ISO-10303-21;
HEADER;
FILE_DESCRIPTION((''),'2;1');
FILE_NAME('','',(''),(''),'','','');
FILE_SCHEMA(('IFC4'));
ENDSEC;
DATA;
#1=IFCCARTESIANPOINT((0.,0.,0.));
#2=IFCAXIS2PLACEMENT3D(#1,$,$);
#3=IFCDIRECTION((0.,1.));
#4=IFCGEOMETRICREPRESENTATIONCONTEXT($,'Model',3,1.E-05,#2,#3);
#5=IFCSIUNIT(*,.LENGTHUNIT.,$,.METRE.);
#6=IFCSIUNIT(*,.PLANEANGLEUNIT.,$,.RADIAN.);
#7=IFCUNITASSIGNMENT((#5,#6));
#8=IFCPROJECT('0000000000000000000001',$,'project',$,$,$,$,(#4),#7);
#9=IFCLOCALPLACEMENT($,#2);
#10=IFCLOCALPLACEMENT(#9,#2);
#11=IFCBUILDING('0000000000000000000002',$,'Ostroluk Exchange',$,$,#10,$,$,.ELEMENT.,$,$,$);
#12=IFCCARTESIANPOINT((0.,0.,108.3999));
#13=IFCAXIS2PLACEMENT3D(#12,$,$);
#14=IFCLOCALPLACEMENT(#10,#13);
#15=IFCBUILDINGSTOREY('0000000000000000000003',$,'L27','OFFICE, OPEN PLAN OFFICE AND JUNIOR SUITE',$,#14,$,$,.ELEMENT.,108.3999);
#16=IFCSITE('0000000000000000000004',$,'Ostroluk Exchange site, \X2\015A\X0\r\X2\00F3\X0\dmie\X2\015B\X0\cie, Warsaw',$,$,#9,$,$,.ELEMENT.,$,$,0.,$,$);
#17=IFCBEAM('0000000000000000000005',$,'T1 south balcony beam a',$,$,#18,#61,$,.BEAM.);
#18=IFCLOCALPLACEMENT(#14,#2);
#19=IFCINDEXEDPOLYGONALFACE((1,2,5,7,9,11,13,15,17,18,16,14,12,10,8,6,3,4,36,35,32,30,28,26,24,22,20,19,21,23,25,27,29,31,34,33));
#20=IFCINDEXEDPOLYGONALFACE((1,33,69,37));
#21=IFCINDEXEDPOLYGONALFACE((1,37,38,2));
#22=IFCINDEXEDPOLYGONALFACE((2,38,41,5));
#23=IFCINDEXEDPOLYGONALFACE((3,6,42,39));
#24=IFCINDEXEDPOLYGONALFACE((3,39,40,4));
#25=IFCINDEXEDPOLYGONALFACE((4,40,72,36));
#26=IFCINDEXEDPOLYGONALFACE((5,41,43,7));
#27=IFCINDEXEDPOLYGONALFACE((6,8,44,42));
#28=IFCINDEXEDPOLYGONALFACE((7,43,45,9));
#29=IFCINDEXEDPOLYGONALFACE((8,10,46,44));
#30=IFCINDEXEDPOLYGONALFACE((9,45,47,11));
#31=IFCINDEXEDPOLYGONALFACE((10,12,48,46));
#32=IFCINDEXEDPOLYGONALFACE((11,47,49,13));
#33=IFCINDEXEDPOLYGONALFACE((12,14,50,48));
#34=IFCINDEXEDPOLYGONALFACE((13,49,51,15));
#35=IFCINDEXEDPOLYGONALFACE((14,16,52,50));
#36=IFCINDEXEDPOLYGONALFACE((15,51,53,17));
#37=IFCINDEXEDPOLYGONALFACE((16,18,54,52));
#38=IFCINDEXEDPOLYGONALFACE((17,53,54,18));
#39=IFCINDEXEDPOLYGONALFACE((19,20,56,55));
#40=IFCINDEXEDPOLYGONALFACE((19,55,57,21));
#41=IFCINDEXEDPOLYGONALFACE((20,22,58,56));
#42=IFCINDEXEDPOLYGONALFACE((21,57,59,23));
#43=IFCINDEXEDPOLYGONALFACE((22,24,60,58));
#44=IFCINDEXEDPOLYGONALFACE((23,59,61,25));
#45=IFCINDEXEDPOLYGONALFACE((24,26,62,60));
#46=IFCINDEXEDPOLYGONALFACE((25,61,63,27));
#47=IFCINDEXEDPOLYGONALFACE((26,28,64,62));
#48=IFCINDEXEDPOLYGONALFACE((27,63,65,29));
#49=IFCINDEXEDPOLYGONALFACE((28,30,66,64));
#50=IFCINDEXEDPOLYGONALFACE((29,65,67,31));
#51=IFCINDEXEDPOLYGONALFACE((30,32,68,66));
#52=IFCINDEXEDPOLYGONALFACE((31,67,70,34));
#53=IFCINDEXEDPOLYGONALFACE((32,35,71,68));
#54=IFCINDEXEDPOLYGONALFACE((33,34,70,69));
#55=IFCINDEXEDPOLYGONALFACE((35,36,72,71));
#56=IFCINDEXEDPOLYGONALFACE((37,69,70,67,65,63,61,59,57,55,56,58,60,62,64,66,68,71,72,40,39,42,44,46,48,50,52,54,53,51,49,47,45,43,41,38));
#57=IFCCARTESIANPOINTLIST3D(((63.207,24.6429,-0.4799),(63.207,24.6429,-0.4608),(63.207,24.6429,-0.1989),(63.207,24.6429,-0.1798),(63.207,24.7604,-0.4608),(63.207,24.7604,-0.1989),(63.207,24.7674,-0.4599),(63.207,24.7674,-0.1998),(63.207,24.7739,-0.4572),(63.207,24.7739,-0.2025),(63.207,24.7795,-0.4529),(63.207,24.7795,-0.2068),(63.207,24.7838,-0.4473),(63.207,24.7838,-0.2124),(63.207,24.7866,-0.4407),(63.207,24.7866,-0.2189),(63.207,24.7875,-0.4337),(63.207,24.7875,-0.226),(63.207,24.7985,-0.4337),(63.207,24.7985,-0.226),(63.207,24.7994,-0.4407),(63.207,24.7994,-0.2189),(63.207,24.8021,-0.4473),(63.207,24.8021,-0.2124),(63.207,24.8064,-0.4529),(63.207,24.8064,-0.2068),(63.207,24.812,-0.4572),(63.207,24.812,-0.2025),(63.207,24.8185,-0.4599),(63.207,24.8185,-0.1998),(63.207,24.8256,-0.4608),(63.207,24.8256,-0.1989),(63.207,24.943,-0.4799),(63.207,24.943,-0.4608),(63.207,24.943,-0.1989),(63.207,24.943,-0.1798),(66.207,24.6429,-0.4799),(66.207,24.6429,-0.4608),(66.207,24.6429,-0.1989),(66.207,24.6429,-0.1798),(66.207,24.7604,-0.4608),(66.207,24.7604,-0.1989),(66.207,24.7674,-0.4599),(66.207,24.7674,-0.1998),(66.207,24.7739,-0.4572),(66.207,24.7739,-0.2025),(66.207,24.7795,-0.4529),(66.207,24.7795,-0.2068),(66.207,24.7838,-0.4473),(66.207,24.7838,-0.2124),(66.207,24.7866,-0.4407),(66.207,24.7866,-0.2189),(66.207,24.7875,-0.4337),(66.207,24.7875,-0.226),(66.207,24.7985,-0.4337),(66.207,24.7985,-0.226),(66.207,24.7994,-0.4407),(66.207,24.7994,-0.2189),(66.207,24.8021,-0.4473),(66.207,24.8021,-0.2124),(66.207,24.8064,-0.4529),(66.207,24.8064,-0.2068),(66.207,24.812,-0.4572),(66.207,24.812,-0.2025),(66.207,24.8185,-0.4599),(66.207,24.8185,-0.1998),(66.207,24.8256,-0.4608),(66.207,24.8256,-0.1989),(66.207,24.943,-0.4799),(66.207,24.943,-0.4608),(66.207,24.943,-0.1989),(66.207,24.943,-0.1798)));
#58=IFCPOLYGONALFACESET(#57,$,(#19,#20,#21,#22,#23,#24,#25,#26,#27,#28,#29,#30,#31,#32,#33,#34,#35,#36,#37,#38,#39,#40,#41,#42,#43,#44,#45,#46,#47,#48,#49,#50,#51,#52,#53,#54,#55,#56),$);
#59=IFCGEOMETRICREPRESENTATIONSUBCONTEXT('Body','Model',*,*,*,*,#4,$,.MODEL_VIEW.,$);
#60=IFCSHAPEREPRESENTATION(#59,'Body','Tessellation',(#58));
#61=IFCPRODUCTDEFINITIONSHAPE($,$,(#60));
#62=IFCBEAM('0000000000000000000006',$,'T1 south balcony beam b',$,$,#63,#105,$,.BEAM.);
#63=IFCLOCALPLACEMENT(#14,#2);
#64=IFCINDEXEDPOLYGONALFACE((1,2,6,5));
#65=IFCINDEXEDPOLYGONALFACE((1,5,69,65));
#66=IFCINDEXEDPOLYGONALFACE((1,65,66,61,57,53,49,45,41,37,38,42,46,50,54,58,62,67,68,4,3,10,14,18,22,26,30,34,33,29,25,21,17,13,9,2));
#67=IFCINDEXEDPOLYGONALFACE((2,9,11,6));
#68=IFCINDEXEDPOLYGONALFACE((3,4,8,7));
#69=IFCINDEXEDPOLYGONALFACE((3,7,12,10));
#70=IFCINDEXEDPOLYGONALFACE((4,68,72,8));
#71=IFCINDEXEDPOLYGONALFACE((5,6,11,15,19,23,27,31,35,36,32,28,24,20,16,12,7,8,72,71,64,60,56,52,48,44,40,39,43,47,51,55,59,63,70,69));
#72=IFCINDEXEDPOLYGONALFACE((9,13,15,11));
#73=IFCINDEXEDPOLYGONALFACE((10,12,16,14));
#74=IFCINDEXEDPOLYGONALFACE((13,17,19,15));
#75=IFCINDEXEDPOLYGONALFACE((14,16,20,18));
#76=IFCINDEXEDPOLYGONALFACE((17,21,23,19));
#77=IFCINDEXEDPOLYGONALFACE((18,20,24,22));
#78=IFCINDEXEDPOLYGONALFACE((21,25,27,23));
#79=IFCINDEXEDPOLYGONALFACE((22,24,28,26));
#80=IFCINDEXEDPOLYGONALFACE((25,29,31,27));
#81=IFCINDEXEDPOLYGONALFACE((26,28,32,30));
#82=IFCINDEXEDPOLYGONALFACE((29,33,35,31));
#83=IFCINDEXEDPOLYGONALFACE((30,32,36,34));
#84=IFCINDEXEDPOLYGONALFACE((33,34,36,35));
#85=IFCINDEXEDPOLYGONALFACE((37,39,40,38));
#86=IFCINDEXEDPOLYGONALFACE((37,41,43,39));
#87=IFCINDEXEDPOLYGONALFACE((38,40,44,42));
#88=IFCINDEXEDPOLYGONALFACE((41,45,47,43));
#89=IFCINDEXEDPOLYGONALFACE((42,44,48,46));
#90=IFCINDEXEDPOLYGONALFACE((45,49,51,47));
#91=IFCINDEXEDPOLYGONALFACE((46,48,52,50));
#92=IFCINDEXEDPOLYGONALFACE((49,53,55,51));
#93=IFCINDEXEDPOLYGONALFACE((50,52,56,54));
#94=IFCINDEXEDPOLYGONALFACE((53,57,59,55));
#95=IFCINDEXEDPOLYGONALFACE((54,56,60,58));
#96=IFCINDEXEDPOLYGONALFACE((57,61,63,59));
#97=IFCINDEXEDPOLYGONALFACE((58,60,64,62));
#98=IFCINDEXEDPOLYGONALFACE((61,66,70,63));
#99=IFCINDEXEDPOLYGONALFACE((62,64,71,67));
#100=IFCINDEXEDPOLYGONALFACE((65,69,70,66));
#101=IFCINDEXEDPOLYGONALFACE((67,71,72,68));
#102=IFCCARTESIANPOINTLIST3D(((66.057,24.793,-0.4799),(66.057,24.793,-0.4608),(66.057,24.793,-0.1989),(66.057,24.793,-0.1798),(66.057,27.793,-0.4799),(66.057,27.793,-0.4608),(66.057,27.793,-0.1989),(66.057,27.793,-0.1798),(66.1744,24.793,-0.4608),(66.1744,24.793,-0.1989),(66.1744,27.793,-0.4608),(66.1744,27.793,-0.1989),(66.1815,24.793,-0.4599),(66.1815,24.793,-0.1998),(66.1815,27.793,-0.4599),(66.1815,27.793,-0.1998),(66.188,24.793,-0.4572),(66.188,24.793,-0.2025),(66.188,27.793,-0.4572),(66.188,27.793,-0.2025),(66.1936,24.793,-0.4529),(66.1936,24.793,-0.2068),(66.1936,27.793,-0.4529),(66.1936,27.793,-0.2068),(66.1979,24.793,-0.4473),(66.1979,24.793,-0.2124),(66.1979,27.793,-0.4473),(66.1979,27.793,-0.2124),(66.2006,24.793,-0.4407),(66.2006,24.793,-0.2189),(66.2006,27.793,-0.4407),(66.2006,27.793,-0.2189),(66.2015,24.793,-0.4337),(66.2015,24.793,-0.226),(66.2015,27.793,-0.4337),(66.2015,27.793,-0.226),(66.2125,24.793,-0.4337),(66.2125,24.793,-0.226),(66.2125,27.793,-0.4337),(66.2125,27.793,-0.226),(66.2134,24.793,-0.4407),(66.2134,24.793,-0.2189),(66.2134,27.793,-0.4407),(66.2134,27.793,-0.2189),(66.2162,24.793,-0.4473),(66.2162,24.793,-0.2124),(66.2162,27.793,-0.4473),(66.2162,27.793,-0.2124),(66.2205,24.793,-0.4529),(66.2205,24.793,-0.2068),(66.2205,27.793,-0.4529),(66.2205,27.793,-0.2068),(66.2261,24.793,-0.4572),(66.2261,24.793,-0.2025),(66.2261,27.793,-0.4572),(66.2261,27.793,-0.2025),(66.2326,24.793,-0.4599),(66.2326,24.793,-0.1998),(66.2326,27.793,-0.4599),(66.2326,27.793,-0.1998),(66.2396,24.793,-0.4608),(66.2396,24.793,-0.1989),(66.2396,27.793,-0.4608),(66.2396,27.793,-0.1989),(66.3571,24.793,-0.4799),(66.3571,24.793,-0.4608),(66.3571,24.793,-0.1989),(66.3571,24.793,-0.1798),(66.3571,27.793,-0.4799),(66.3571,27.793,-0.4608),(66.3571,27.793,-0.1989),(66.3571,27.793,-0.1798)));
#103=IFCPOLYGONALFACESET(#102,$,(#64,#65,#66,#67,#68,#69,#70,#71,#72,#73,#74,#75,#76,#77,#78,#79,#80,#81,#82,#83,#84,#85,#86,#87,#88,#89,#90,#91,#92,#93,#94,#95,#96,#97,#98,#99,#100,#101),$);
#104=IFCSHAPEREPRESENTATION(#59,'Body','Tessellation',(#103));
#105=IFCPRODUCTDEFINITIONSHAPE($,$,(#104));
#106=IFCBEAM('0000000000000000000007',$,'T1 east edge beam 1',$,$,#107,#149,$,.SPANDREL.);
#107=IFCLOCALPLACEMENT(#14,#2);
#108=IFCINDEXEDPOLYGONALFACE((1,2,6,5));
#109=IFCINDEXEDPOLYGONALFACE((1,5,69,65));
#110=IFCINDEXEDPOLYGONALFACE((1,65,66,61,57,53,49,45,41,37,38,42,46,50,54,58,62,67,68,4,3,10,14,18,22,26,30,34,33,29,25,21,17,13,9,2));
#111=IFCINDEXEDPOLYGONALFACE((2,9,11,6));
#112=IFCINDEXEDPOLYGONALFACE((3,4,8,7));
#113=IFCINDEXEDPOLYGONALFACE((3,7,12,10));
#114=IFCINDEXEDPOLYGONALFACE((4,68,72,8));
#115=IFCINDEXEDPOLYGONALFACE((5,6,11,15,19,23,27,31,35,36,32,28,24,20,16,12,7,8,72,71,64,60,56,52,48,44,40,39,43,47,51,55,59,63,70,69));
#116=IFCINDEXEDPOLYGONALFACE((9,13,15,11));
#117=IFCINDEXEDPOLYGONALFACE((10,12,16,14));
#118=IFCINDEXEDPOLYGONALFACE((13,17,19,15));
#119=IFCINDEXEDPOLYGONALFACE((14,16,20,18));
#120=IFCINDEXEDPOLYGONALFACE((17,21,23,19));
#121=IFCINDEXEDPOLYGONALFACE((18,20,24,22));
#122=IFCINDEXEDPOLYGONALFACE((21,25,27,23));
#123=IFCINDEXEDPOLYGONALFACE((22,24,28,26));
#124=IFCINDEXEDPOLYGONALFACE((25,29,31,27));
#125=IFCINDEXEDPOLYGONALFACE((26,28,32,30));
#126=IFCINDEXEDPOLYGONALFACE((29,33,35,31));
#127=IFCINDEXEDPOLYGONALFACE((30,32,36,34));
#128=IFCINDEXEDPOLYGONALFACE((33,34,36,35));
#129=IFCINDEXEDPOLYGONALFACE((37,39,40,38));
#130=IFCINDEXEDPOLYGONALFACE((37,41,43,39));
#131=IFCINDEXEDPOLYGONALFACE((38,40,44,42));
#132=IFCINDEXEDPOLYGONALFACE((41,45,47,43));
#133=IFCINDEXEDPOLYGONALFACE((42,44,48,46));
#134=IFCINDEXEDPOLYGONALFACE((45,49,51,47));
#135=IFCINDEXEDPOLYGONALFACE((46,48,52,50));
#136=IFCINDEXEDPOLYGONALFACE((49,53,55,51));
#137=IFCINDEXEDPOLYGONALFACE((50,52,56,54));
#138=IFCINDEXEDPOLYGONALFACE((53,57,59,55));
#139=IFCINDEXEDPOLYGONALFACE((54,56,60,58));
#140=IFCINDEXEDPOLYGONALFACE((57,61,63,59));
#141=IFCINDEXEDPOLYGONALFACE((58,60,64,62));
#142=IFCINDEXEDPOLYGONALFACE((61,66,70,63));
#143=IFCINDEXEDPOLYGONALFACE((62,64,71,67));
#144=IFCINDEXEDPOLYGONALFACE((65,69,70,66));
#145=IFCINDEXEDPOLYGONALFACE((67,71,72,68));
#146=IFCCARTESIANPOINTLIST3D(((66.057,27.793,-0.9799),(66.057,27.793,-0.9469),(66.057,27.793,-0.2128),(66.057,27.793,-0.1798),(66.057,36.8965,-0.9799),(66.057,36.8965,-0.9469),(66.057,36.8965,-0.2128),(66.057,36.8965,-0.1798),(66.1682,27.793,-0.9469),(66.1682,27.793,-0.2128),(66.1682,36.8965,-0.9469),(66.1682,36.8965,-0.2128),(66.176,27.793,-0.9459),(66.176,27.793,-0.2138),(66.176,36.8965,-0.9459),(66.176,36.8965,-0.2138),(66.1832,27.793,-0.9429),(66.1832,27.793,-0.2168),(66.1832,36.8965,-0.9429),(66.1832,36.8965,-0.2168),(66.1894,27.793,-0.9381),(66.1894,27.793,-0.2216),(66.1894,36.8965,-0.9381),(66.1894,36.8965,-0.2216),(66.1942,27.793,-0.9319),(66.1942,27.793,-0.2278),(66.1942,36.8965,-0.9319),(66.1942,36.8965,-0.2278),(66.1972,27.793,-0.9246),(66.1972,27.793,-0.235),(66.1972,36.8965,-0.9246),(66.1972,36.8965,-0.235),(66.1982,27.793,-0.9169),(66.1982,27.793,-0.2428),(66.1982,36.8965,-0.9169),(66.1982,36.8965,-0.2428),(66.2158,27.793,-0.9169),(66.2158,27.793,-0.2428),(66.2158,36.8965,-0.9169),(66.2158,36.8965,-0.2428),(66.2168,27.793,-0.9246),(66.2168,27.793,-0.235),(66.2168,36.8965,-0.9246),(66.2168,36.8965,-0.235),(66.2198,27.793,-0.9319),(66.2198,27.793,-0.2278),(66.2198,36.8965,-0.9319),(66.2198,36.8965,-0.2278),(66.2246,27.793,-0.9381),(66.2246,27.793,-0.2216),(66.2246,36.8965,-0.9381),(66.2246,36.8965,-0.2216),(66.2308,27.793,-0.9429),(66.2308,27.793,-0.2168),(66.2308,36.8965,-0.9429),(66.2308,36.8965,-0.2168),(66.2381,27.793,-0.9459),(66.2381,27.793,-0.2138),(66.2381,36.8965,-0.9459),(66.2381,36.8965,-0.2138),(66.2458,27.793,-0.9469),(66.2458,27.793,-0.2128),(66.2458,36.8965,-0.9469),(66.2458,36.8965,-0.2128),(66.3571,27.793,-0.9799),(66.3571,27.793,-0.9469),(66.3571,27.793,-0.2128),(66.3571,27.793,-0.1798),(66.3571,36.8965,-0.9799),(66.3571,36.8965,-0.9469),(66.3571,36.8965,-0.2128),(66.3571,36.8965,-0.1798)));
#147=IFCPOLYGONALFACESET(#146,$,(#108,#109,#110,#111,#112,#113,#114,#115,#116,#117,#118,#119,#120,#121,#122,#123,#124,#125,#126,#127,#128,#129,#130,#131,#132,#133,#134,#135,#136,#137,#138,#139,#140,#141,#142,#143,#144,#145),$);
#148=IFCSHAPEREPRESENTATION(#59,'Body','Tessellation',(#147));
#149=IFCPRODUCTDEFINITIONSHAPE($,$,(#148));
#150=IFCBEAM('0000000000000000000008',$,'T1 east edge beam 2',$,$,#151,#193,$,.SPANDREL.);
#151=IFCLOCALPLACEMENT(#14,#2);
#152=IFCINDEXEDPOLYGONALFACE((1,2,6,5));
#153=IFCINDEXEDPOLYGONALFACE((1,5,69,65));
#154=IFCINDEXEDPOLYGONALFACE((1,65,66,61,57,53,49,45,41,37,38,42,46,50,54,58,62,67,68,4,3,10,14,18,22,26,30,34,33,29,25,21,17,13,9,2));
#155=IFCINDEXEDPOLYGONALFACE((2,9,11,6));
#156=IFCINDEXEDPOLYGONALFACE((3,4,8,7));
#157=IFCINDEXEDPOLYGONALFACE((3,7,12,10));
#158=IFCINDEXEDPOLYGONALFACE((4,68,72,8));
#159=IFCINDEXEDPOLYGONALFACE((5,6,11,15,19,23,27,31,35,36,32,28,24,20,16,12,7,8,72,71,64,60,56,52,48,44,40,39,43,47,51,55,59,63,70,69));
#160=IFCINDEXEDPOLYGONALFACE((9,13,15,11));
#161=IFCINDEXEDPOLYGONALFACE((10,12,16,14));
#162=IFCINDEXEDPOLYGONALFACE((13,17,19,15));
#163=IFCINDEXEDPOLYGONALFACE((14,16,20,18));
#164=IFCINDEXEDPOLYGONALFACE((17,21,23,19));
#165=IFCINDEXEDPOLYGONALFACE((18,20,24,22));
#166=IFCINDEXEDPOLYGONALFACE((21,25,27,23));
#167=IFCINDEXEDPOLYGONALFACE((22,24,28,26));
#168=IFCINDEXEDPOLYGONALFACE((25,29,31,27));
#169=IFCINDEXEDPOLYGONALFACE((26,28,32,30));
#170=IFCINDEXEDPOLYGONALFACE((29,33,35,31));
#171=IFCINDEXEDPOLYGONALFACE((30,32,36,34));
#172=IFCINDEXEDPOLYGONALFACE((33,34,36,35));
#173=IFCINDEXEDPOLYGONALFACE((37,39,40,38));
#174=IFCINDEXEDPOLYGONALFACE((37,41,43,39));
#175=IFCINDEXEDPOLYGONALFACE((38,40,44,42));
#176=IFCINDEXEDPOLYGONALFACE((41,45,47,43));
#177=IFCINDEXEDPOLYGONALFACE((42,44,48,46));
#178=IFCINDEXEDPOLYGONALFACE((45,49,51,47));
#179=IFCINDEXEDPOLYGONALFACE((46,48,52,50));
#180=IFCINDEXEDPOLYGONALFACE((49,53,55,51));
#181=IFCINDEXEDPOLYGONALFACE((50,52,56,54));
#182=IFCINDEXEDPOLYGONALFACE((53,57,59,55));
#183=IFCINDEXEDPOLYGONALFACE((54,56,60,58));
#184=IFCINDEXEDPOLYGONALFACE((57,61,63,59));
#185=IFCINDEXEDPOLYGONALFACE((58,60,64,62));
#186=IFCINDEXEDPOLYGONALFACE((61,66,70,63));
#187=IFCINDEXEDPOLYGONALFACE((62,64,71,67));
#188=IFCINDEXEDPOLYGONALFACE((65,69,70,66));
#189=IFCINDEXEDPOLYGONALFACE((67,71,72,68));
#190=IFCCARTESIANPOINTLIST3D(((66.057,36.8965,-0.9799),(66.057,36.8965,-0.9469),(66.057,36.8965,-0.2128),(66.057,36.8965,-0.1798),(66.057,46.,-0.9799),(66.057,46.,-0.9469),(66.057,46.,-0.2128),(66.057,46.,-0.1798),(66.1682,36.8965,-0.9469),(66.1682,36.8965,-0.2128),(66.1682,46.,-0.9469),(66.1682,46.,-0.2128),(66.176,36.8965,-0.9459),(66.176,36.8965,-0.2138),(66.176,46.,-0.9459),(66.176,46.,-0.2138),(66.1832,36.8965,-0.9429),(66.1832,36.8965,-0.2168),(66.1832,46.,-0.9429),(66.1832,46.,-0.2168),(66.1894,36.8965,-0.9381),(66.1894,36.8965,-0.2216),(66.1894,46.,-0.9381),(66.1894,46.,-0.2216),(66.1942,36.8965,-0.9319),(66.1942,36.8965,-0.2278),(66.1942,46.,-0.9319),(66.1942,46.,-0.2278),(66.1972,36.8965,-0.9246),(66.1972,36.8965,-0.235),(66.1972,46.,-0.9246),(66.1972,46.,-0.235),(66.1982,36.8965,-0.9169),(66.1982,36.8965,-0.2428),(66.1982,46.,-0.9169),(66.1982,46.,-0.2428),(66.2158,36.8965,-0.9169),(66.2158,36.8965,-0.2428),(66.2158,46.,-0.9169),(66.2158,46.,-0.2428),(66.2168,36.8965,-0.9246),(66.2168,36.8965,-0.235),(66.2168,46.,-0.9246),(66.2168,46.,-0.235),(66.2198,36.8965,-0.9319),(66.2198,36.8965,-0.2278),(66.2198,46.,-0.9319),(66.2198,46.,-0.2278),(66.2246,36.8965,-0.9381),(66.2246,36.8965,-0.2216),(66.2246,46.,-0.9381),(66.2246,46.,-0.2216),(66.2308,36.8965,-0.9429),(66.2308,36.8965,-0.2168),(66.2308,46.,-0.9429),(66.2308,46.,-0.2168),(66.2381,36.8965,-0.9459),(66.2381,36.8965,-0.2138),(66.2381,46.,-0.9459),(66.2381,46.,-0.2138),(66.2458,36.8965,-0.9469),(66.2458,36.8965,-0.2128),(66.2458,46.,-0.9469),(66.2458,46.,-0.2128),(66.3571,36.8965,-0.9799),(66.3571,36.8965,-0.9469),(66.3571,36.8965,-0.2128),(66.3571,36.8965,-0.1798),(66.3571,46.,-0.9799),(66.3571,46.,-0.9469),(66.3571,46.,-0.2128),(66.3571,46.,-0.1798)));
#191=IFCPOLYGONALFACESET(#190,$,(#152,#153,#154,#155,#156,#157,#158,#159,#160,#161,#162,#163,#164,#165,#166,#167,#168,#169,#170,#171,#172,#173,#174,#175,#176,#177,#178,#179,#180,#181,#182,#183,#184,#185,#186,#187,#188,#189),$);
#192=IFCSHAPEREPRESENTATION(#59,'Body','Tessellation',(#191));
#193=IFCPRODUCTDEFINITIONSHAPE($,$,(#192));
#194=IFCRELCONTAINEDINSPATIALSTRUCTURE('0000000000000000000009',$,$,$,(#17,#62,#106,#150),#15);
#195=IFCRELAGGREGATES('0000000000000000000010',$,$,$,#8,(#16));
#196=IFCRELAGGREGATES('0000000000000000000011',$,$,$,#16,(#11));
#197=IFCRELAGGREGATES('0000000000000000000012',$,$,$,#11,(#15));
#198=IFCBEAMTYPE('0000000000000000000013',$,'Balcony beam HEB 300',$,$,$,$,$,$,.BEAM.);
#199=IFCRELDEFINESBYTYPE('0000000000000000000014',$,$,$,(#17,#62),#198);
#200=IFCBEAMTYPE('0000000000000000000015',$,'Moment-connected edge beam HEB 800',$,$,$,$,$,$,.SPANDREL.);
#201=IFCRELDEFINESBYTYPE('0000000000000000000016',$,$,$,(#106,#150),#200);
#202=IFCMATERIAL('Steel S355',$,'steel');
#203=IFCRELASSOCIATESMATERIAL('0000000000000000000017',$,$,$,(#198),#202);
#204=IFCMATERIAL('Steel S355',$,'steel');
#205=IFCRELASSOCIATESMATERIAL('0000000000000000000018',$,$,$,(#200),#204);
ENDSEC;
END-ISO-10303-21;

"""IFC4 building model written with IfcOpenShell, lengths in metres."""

from ifc_helpers import new_model, si_unit, direction, frame, origin, origin_2d, place, context, subcontext, project, spatial, i_section, extrude, material, material_profile, profile_set, type_object, element, save


model = new_model("IFC4")

# Units and contexts
model_context = context("Model", 3, precision=1e-05, world=origin(), true_north=direction((0.0, 1.0)))
body_context = subcontext(model_context, "Body", "Model", "MODEL_VIEW")
ifc_project = project(units=[si_unit("LENGTHUNIT", "METRE"), si_unit("PLANEANGLEUNIT", "RADIAN")], contexts=[model_context])

# Site, building, storey
site_placement = place(None, origin())
site = spatial("IfcSite", under=ifc_project, at=site_placement, Name="Ostroluk Exchange site, Śródmieście, Warsaw", CompositionType="ELEMENT", RefElevation=0.0)
building_placement = place(site_placement, origin())
building = spatial("IfcBuilding", under=site, at=building_placement, Name="Ostroluk Exchange", CompositionType="ELEMENT")
storey_placement = place(building_placement, frame((0.0, 0.0, 108.3999)))
storey = spatial("IfcBuildingStorey", under=building, at=storey_placement, Name="L27", Description="OFFICE, OPEN PLAN OFFICE AND JUNIOR SUITE", CompositionType="ELEMENT", Elevation=108.3999)

# Beams
ifc_material_1 = material(Name="Steel S355", Category="steel")
ifc_material_profile_1 = material_profile(ifc_material_1, i_section(OverallWidth=0.3, OverallDepth=0.3, WebThickness=0.011, FlangeThickness=0.019, FilletRadius=0.0271, at=origin_2d()), Name="HEB 300")
ifc_profile_set_1 = profile_set([ifc_material_profile_1], Name="Steel S355")
beam_type_1 = type_object("IfcBeamType", Name="Balcony beam HEB 300", PredefinedType="BEAM", material=ifc_profile_set_1)
for number, where, z_axis, x_axis, name in (
    (1, (63.207, 24.793, -0.3298), (1.0, 0.0, 0.0), (0.0, 1.0, 0.0), "T1 south balcony beam a"),
    (2, (66.207, 27.793, -0.3298), (0.0, -1.0, 0.0), (1.0, 0.0, 0.0), "T1 south balcony beam b"),
):
    element("IfcBeam", number, at=place(storey_placement, frame(where, z_axis=z_axis, x_axis=x_axis)), inside=storey, type_object=beam_type_1, Name=name, PredefinedType="BEAM", context=body_context, shape_type="SweptSolid", body=[
        extrude(i_section(OverallWidth=0.3, OverallDepth=0.3, WebThickness=0.011, FlangeThickness=0.019, FilletRadius=0.0271, at=origin_2d()), origin(), (0.0, 0.0, 1.0), 3.0),
    ])
ifc_material_2 = material(Name="Steel S355", Category="steel")
ifc_material_profile_2 = material_profile(ifc_material_2, i_section(OverallWidth=0.3, OverallDepth=0.8, WebThickness=0.0176, FlangeThickness=0.033, FilletRadius=0.03, at=origin_2d()), Name="HEB 800")
ifc_profile_set_2 = profile_set([ifc_material_profile_2], Name="Steel S355")
beam_type_2 = type_object("IfcBeamType", Name="Moment-connected edge beam HEB 800", PredefinedType="SPANDREL", material=ifc_profile_set_2)
for number, where, z_axis, x_axis, name in (
    (3, (66.207, 27.793, -0.5798), (0.0, 1.0, 0.0), (-1.0, 0.0, 0.0), "T1 east edge beam 1"),
    (4, (66.207, 36.8965, -0.5798), (0.0, 1.0, 0.0), (-1.0, 0.0, 0.0), "T1 east edge beam 2"),
):
    element("IfcBeam", number, at=place(storey_placement, frame(where, z_axis=z_axis, x_axis=x_axis)), inside=storey, type_object=beam_type_2, Name=name, PredefinedType="SPANDREL", context=body_context, shape_type="SweptSolid", body=[
        extrude(i_section(OverallWidth=0.3, OverallDepth=0.8, WebThickness=0.0176, FlangeThickness=0.033, FilletRadius=0.03, at=origin_2d()), origin(), (0.0, 0.0, 1.0), 9.1035),
    ])

save(model, "model.ifc")
